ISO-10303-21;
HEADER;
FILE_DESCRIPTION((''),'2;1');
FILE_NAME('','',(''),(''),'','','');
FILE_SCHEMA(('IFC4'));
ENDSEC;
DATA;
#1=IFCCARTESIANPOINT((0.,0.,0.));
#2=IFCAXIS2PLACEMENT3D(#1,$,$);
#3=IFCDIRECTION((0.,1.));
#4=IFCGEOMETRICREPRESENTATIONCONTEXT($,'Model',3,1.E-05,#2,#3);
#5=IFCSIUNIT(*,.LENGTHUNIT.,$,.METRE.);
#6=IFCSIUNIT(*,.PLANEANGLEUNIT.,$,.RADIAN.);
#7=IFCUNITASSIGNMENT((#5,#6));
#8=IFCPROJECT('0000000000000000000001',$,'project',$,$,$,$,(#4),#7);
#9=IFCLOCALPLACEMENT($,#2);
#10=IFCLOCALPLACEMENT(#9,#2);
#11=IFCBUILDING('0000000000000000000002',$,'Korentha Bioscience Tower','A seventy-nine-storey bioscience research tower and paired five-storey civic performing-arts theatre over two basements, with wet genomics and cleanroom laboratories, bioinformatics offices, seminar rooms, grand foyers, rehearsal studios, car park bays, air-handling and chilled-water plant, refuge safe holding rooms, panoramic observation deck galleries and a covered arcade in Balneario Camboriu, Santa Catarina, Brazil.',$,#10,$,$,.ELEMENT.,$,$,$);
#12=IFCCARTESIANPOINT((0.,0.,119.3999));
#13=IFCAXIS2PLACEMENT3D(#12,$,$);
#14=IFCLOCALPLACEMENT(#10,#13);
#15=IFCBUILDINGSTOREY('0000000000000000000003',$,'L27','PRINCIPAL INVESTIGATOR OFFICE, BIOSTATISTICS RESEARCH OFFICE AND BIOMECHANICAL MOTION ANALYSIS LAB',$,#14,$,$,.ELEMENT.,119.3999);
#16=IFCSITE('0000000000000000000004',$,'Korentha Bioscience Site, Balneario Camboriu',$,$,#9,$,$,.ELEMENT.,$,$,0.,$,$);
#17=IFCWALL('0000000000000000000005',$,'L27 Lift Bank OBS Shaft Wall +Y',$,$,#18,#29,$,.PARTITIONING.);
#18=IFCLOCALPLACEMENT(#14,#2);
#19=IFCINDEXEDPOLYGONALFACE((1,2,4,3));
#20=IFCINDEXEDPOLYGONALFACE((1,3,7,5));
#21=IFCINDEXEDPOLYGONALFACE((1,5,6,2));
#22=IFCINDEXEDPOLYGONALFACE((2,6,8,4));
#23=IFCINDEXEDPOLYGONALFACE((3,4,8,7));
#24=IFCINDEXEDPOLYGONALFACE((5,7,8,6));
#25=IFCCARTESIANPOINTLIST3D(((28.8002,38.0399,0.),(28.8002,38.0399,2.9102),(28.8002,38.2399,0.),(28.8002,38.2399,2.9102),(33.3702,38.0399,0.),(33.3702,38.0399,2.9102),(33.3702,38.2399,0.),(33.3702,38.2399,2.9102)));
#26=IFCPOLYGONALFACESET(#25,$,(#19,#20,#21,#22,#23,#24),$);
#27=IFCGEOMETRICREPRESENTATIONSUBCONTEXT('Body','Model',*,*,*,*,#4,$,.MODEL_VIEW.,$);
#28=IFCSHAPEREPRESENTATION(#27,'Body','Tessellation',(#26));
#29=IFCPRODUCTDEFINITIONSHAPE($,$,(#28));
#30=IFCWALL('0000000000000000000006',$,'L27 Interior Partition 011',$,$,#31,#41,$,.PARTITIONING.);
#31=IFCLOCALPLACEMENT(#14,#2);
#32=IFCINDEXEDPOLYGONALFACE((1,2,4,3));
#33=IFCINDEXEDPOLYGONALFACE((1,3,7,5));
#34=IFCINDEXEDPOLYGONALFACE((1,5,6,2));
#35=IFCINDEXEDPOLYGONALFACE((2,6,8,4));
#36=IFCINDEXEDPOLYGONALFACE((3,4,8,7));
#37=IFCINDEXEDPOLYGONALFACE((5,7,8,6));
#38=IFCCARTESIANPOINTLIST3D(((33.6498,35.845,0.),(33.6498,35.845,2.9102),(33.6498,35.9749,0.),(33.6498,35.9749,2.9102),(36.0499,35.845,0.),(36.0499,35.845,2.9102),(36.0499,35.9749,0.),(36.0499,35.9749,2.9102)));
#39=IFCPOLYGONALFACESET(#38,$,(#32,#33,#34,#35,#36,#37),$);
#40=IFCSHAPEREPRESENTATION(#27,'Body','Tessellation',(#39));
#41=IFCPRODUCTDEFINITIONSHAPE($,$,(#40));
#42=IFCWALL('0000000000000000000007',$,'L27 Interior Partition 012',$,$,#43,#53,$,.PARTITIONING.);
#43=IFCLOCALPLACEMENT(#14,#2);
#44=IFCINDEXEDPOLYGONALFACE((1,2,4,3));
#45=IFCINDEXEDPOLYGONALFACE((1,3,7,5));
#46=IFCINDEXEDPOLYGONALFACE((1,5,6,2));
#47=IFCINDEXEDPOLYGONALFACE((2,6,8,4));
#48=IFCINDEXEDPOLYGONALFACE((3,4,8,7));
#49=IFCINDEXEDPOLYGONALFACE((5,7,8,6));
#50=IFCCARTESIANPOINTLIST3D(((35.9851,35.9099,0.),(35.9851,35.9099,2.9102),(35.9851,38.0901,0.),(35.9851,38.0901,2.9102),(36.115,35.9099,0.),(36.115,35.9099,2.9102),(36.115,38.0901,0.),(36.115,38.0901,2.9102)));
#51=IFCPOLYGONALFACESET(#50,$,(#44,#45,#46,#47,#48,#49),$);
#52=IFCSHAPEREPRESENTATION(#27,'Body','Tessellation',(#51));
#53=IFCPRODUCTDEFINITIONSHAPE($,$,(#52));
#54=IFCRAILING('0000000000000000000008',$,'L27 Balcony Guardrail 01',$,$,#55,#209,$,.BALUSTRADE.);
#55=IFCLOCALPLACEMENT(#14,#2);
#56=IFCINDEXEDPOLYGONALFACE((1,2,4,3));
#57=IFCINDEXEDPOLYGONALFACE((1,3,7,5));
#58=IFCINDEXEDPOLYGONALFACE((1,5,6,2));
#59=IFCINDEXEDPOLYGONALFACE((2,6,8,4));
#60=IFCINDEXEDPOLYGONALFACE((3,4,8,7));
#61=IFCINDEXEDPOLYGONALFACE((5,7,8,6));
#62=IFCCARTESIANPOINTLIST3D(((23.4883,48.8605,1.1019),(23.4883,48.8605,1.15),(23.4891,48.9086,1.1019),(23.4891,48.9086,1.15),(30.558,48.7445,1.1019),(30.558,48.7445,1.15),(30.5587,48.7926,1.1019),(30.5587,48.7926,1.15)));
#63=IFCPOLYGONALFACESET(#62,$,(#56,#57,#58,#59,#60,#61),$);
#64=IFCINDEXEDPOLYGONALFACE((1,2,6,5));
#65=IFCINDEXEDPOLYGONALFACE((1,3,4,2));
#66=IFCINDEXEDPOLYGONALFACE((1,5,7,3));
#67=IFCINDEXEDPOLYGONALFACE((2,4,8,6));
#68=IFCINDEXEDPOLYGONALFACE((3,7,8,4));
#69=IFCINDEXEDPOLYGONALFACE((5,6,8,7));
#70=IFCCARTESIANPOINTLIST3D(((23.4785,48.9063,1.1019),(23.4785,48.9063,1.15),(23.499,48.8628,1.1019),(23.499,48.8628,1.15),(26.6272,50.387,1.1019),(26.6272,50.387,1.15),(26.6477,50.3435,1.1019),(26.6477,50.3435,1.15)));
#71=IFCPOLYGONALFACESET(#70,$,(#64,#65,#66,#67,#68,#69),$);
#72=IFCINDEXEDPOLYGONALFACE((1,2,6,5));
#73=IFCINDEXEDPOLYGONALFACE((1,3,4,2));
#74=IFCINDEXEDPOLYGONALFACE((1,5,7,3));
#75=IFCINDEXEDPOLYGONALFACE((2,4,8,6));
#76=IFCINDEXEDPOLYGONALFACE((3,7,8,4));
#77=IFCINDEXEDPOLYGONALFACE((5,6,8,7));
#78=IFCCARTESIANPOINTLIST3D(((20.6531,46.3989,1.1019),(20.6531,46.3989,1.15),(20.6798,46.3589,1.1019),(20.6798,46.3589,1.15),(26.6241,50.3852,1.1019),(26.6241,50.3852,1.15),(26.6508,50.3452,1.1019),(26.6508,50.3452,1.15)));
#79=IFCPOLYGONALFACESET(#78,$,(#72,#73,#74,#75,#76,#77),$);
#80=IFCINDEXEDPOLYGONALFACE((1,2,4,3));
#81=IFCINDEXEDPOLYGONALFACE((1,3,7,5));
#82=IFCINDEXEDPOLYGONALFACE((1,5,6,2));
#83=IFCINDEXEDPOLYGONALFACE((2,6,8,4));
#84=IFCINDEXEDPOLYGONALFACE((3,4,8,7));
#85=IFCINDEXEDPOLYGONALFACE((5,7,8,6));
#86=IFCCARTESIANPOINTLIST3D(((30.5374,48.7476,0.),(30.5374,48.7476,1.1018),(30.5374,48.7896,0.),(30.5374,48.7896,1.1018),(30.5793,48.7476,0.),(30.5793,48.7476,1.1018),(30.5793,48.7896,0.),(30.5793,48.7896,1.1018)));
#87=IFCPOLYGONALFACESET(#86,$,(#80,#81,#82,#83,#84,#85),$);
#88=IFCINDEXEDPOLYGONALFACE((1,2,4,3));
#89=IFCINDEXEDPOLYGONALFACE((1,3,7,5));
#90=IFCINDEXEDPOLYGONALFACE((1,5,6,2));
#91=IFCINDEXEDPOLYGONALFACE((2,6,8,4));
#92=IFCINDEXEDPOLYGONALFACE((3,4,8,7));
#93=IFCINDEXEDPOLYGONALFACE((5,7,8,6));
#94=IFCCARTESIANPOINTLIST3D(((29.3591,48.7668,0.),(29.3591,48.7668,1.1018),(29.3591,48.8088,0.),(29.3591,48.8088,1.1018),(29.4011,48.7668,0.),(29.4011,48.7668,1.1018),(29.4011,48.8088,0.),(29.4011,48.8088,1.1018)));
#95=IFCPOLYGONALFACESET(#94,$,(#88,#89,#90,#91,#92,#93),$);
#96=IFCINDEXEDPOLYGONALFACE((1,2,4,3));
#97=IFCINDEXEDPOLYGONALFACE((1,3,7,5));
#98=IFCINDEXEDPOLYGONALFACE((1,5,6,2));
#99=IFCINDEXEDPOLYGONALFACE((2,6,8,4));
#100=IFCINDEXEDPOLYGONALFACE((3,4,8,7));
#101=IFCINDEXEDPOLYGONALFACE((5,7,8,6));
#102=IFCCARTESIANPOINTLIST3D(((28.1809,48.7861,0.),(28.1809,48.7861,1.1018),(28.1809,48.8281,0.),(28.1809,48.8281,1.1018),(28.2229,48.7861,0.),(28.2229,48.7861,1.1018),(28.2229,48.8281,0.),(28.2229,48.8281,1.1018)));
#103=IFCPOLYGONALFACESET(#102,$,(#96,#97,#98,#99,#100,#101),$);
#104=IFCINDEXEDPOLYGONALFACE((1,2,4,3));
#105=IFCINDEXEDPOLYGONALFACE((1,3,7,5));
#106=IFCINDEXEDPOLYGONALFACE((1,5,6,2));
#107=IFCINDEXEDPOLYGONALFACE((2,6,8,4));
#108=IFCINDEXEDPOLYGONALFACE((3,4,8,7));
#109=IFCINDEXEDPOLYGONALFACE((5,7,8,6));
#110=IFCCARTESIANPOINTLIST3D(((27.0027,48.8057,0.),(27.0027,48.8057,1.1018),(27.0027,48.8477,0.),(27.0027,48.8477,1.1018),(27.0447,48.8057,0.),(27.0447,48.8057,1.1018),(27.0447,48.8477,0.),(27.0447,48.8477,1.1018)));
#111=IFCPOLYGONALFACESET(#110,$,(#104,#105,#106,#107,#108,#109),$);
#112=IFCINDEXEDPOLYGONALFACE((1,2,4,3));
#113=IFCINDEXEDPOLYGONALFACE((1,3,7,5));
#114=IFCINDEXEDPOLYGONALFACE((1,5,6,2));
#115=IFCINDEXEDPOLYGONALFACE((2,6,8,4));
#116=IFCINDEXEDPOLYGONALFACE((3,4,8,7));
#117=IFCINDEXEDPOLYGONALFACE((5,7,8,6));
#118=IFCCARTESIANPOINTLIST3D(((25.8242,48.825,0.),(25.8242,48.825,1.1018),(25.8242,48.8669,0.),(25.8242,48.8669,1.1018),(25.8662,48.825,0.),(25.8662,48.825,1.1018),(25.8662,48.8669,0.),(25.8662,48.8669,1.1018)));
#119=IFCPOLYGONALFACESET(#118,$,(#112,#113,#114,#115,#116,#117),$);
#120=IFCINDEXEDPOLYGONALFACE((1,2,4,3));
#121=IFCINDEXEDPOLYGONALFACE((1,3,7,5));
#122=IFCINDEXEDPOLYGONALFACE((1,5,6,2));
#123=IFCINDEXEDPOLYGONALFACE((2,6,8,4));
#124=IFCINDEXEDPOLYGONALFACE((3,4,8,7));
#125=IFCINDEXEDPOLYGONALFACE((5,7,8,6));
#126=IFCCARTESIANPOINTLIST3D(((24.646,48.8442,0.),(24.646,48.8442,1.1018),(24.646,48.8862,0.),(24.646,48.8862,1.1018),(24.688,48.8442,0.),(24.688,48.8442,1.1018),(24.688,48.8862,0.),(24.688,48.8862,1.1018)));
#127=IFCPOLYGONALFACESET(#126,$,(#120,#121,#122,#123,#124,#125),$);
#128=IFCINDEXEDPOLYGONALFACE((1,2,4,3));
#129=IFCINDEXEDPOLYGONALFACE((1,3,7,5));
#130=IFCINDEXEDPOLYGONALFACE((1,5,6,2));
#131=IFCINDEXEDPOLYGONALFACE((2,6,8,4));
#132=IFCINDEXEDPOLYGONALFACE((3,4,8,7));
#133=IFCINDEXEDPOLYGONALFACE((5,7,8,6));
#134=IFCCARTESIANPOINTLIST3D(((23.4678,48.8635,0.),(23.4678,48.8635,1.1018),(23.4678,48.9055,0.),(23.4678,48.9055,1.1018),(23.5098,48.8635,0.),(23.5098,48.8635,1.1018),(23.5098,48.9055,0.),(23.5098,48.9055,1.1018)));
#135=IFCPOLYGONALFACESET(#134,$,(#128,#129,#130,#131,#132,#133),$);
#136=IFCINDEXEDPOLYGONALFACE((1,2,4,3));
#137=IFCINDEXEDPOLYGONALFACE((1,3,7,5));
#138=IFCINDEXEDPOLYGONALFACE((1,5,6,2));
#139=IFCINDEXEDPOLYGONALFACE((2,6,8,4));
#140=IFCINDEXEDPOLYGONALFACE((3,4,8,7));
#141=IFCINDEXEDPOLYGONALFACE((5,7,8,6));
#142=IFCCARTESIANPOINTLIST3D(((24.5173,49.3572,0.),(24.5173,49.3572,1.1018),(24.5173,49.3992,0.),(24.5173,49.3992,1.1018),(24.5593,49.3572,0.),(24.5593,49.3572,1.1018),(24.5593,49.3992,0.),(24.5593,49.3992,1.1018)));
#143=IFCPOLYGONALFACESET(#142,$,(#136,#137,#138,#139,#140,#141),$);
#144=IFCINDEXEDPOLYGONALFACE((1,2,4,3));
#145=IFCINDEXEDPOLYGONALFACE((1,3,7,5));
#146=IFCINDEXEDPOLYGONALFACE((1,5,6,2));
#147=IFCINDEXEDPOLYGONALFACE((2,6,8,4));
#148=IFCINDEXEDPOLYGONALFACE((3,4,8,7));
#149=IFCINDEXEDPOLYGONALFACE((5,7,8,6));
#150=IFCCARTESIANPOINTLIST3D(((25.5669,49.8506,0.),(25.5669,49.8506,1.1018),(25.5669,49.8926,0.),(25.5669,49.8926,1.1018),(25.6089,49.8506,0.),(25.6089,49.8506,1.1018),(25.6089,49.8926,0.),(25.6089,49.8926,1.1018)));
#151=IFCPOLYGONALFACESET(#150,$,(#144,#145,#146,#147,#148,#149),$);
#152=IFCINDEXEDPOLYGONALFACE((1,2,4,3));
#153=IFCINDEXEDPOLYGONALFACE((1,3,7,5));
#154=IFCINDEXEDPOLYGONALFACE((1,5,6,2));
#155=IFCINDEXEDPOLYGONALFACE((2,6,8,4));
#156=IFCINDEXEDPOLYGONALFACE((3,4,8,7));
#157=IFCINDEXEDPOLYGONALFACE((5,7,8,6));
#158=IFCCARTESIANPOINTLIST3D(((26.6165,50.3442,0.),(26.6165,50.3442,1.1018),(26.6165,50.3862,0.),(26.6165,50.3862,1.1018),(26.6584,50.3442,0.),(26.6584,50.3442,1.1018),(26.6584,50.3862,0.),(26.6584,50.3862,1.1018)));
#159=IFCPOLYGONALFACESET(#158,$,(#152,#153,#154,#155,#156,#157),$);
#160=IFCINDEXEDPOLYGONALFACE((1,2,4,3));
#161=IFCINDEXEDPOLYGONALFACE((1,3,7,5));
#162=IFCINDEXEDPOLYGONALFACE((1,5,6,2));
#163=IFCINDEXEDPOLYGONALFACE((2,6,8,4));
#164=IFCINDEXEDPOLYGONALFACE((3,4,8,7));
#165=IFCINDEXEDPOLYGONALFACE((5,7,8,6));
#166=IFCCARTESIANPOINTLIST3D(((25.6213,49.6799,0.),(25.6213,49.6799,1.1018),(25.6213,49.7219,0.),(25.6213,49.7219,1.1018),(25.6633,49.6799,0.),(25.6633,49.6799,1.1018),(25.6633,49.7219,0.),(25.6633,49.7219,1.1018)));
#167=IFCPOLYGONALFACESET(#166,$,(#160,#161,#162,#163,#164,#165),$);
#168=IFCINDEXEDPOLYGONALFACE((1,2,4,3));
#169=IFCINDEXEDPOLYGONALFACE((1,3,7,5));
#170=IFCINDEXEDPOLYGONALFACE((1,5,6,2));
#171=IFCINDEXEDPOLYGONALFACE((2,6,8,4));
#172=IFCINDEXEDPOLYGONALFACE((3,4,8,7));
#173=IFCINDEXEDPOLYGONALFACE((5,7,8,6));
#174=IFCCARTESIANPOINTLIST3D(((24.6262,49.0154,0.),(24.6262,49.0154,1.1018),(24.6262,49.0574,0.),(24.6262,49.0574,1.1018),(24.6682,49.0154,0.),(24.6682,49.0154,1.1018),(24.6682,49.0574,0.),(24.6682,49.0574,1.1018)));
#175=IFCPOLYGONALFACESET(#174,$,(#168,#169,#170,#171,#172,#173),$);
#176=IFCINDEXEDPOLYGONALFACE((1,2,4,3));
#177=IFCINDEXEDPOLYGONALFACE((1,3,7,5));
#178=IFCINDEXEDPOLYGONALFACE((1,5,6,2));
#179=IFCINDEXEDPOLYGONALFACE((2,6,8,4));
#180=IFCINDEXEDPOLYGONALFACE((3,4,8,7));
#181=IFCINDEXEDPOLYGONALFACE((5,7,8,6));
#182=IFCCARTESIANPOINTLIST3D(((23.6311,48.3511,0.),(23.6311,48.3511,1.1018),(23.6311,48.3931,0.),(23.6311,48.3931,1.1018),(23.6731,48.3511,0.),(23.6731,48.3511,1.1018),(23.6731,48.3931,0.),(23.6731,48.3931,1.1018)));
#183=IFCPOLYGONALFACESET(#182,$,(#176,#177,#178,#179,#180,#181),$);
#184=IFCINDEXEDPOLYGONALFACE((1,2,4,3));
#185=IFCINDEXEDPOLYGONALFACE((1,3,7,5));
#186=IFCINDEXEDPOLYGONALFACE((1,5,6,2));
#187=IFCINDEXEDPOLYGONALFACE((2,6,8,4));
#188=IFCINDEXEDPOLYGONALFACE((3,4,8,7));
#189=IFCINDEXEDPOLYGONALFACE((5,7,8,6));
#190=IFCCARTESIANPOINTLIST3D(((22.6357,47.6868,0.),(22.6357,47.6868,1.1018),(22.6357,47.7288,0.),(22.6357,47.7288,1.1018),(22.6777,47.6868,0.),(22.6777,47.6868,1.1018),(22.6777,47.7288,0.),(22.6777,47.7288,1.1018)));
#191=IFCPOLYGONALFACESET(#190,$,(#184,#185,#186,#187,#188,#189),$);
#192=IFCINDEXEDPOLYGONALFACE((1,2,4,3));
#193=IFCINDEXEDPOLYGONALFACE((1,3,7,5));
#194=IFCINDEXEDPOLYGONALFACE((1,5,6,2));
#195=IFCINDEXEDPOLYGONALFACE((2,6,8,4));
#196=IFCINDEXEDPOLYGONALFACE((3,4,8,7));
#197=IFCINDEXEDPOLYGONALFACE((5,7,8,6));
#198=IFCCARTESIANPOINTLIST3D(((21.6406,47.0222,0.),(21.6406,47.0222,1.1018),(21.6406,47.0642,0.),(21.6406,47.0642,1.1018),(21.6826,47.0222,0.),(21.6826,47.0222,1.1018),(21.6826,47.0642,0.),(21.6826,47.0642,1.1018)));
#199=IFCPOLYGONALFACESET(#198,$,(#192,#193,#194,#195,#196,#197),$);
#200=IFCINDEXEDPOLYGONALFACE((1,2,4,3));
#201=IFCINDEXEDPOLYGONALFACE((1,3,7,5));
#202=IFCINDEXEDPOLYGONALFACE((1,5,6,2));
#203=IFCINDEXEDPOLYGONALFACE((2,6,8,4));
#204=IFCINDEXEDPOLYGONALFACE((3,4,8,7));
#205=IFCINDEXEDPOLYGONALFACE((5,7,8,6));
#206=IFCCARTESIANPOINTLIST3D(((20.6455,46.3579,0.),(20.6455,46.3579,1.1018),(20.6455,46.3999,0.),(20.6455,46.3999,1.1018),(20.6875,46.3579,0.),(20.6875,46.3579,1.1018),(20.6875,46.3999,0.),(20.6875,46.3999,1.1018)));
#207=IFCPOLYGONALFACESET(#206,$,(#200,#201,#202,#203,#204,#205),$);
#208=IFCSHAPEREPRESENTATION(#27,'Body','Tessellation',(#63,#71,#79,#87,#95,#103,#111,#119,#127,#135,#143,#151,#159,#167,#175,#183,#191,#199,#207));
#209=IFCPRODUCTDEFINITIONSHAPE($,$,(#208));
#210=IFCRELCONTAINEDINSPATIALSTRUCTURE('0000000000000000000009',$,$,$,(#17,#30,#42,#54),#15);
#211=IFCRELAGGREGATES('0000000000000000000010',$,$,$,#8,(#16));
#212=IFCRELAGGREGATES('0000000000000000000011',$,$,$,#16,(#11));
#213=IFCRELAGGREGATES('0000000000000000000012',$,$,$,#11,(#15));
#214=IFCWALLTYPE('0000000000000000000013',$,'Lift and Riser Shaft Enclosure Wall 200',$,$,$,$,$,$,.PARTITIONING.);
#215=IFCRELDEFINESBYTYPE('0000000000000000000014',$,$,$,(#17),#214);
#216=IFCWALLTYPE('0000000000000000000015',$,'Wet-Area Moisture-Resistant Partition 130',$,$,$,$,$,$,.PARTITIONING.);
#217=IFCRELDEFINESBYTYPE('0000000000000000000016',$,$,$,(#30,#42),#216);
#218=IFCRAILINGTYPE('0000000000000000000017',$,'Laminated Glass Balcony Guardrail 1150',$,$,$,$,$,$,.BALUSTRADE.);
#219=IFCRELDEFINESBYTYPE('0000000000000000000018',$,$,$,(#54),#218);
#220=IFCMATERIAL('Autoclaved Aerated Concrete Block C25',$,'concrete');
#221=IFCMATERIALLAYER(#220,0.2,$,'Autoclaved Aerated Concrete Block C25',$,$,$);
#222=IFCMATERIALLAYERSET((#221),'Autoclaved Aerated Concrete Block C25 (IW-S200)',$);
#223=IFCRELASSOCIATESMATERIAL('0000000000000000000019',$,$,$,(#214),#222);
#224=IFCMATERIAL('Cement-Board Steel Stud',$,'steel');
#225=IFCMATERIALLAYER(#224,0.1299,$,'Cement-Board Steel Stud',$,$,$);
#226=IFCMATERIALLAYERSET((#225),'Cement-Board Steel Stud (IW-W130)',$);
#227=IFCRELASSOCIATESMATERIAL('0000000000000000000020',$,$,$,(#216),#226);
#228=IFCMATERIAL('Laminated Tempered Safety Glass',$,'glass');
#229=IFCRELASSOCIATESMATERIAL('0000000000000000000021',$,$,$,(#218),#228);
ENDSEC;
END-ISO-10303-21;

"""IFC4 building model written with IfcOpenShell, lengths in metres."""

from ifc_helpers import new_model, si_unit, direction, frame, frame_2d, origin, origin_2d, place, context, subcontext, project, spatial, rectangle, extrude, material, layer, layer_set, type_object, element, save


model = new_model("IFC4")

# Units and contexts
model_context = context("Model", 3, precision=1e-05, world=origin(), true_north=direction((0.0, 1.0)))
body_context = subcontext(model_context, "Body", "Model", "MODEL_VIEW")
ifc_project = project(units=[si_unit("LENGTHUNIT", "METRE"), si_unit("PLANEANGLEUNIT", "RADIAN")], contexts=[model_context])

# Site, building, storey
site_placement = place(None, origin())
site = spatial("IfcSite", under=ifc_project, at=site_placement, Name="Korentha Bioscience Site, Balneario Camboriu", CompositionType="ELEMENT", RefElevation=0.0)
building_placement = place(site_placement, origin())
building = spatial("IfcBuilding", under=site, at=building_placement, Name="Korentha Bioscience Tower", Description="A seventy-nine-storey bioscience research tower and paired five-storey civic performing-arts theatre over two basements, with wet genomics and cleanroom laboratories, bioinformatics offices, seminar rooms, grand foyers, rehearsal studios, car park bays, air-handling and chilled-water plant, refuge safe holding rooms, panoramic observation deck galleries and a covered arcade in Balneario Camboriu, Santa Catarina, Brazil.", CompositionType="ELEMENT")
storey_placement = place(building_placement, frame((0.0, 0.0, 119.3999)))
storey = spatial("IfcBuildingStorey", under=building, at=storey_placement, Name="L27", Description="PRINCIPAL INVESTIGATOR OFFICE, BIOSTATISTICS RESEARCH OFFICE AND BIOMECHANICAL MOTION ANALYSIS LAB", CompositionType="ELEMENT", Elevation=119.3999)

# Wall
ifc_material_1 = material(Name="Autoclaved Aerated Concrete Block C25", Category="concrete")
ifc_layer_1 = layer(ifc_material_1, 0.2, Name="Autoclaved Aerated Concrete Block C25")
ifc_layer_set_1 = layer_set([ifc_layer_1], Name="Autoclaved Aerated Concrete Block C25 (IW-S200)")
wall_type_1 = type_object("IfcWallType", Name="Lift and Riser Shaft Enclosure Wall 200", PredefinedType="PARTITIONING", material=ifc_layer_set_1)
wall_1_placement = place(storey_placement, frame((28.8, 38.1399, 0.0), z_axis=(0.0, 0.0, 1.0), x_axis=(1.0, 0.0, 0.0)))
element("IfcWall", 1, at=wall_1_placement, inside=storey, type_object=wall_type_1, Name="L27 Lift Bank OBS Shaft Wall +Y", PredefinedType="PARTITIONING", context=body_context, shape_type="SweptSolid", body=[
    extrude(rectangle(XDim=4.5701, YDim=0.2, at=frame_2d((2.2852, 0.0))), origin(), (0.0, 0.0, 1.0), 2.9102),
])

# Shared definitions
ifc_material_2 = material(Name="Cement-Board Steel Stud", Category="steel")
ifc_layer_2 = layer(ifc_material_2, 0.1299, Name="Cement-Board Steel Stud")
ifc_layer_set_2 = layer_set([ifc_layer_2], Name="Cement-Board Steel Stud (IW-W130)")
wall_type_2 = type_object("IfcWallType", Name="Wet-Area Moisture-Resistant Partition 130", PredefinedType="PARTITIONING", material=ifc_layer_set_2)

# Walls
wall_2_placement = place(storey_placement, frame((36.05, 35.9099, 0.0), z_axis=(0.0, 0.0, 1.0), x_axis=(-1.0, 0.0, 0.0)))
element("IfcWall", 2, at=wall_2_placement, inside=storey, type_object=wall_type_2, Name="L27 Interior Partition 011", PredefinedType="PARTITIONING", context=body_context, shape_type="SweptSolid", body=[
    extrude(rectangle(XDim=2.4001, YDim=0.1299, at=frame_2d((1.2002, 0.0))), origin(), (0.0, 0.0, 1.0), 2.9102),
])
wall_3_placement = place(storey_placement, frame((36.05, 38.0901, 0.0), z_axis=(0.0, 0.0, 1.0), x_axis=(0.0, -1.0, 0.0)))
element("IfcWall", 3, at=wall_3_placement, inside=storey, type_object=wall_type_2, Name="L27 Interior Partition 012", PredefinedType="PARTITIONING", context=body_context, shape_type="SweptSolid", body=[
    extrude(rectangle(XDim=2.1802, YDim=0.1299, at=frame_2d((1.0901, 0.0))), origin(), (0.0, 0.0, 1.0), 2.9102),
])

# Railing
ifc_material_3 = material(Name="Laminated Tempered Safety Glass", Category="glass")
railing_type = type_object("IfcRailingType", Name="Laminated Glass Balcony Guardrail 1150", PredefinedType="BALUSTRADE", material=ifc_material_3)
railing_placement = place(storey_placement, frame((30.5583, 48.7686, 0.0)))
element("IfcRailing", 4, at=railing_placement, inside=storey, type_object=railing_type, Name="L27 Balcony Guardrail 01", PredefinedType="BALUSTRADE", context=body_context, shape_type="SweptSolid", body=[
    extrude(rectangle(XDim=0.0481, YDim=0.0481, at=origin_2d()), frame((0.0, 0.0, 1.126), z_axis=(-0.999865, 0.016401, 0.0), x_axis=(-0.016401, -0.999865, 0.0)), (0.0, 0.0, 1.0), 7.0706),
    extrude(rectangle(XDim=0.0481, YDim=0.0481, at=origin_2d()), frame((-7.0696, 0.116, 1.126), z_axis=(0.904932, 0.425557, 0.0), x_axis=(-0.425557, 0.904932, 0.0)), (0.0, 0.0, 1.0), 3.4795),
    extrude(rectangle(XDim=0.0481, YDim=0.0481, at=origin_2d()), frame((-3.9209, 1.5967, 1.126), z_axis=(-0.831684, -0.555249, 0.0), x_axis=(0.555249, -0.831684, 0.0)), (0.0, 0.0, 1.0), 7.1794),
    extrude(rectangle(XDim=0.042, YDim=0.042, at=origin_2d()), origin(), (0.0, 0.0, 1.0), 1.1018),
    extrude(rectangle(XDim=0.042, YDim=0.042, at=origin_2d()), frame((-1.1782, 0.0193, 0.0)), (0.0, 0.0, 1.0), 1.1018),
    extrude(rectangle(XDim=0.042, YDim=0.042, at=origin_2d()), frame((-2.3564, 0.0386, 0.0)), (0.0, 0.0, 1.0), 1.1018),
    extrude(rectangle(XDim=0.042, YDim=0.042, at=origin_2d()), frame((-3.5347, 0.0581, 0.0)), (0.0, 0.0, 1.0), 1.1018),
    extrude(rectangle(XDim=0.042, YDim=0.042, at=origin_2d()), frame((-4.7131, 0.0774, 0.0)), (0.0, 0.0, 1.0), 1.1018),
    extrude(rectangle(XDim=0.042, YDim=0.042, at=origin_2d()), frame((-5.8914, 0.0967, 0.0)), (0.0, 0.0, 1.0), 1.1018),
    extrude(rectangle(XDim=0.042, YDim=0.042, at=origin_2d()), frame((-7.0696, 0.116, 0.0)), (0.0, 0.0, 1.0), 1.1018),
    extrude(rectangle(XDim=0.042, YDim=0.042, at=origin_2d()), frame((-6.02, 0.6096, 0.0)), (0.0, 0.0, 1.0), 1.1018),
    extrude(rectangle(XDim=0.042, YDim=0.042, at=origin_2d()), frame((-4.9705, 1.103, 0.0)), (0.0, 0.0, 1.0), 1.1018),
    extrude(rectangle(XDim=0.042, YDim=0.042, at=origin_2d()), frame((-3.9209, 1.5967, 0.0)), (0.0, 0.0, 1.0), 1.1018),
    extrude(rectangle(XDim=0.042, YDim=0.042, at=origin_2d()), frame((-4.916, 0.9324, 0.0)), (0.0, 0.0, 1.0), 1.1018),
    extrude(rectangle(XDim=0.042, YDim=0.042, at=origin_2d()), frame((-5.9111, 0.2678, 0.0)), (0.0, 0.0, 1.0), 1.1018),
    extrude(rectangle(XDim=0.042, YDim=0.042, at=origin_2d()), frame((-6.9062, -0.3965, 0.0)), (0.0, 0.0, 1.0), 1.1018),
    extrude(rectangle(XDim=0.042, YDim=0.042, at=origin_2d()), frame((-7.9016, -1.0608, 0.0)), (0.0, 0.0, 1.0), 1.1018),
    extrude(rectangle(XDim=0.042, YDim=0.042, at=origin_2d()), frame((-8.8967, -1.7253, 0.0)), (0.0, 0.0, 1.0), 1.1018),
    extrude(rectangle(XDim=0.042, YDim=0.042, at=origin_2d()), frame((-9.8918, -2.3896, 0.0)), (0.0, 0.0, 1.0), 1.1018),
])

save(model, "model.ifc")
